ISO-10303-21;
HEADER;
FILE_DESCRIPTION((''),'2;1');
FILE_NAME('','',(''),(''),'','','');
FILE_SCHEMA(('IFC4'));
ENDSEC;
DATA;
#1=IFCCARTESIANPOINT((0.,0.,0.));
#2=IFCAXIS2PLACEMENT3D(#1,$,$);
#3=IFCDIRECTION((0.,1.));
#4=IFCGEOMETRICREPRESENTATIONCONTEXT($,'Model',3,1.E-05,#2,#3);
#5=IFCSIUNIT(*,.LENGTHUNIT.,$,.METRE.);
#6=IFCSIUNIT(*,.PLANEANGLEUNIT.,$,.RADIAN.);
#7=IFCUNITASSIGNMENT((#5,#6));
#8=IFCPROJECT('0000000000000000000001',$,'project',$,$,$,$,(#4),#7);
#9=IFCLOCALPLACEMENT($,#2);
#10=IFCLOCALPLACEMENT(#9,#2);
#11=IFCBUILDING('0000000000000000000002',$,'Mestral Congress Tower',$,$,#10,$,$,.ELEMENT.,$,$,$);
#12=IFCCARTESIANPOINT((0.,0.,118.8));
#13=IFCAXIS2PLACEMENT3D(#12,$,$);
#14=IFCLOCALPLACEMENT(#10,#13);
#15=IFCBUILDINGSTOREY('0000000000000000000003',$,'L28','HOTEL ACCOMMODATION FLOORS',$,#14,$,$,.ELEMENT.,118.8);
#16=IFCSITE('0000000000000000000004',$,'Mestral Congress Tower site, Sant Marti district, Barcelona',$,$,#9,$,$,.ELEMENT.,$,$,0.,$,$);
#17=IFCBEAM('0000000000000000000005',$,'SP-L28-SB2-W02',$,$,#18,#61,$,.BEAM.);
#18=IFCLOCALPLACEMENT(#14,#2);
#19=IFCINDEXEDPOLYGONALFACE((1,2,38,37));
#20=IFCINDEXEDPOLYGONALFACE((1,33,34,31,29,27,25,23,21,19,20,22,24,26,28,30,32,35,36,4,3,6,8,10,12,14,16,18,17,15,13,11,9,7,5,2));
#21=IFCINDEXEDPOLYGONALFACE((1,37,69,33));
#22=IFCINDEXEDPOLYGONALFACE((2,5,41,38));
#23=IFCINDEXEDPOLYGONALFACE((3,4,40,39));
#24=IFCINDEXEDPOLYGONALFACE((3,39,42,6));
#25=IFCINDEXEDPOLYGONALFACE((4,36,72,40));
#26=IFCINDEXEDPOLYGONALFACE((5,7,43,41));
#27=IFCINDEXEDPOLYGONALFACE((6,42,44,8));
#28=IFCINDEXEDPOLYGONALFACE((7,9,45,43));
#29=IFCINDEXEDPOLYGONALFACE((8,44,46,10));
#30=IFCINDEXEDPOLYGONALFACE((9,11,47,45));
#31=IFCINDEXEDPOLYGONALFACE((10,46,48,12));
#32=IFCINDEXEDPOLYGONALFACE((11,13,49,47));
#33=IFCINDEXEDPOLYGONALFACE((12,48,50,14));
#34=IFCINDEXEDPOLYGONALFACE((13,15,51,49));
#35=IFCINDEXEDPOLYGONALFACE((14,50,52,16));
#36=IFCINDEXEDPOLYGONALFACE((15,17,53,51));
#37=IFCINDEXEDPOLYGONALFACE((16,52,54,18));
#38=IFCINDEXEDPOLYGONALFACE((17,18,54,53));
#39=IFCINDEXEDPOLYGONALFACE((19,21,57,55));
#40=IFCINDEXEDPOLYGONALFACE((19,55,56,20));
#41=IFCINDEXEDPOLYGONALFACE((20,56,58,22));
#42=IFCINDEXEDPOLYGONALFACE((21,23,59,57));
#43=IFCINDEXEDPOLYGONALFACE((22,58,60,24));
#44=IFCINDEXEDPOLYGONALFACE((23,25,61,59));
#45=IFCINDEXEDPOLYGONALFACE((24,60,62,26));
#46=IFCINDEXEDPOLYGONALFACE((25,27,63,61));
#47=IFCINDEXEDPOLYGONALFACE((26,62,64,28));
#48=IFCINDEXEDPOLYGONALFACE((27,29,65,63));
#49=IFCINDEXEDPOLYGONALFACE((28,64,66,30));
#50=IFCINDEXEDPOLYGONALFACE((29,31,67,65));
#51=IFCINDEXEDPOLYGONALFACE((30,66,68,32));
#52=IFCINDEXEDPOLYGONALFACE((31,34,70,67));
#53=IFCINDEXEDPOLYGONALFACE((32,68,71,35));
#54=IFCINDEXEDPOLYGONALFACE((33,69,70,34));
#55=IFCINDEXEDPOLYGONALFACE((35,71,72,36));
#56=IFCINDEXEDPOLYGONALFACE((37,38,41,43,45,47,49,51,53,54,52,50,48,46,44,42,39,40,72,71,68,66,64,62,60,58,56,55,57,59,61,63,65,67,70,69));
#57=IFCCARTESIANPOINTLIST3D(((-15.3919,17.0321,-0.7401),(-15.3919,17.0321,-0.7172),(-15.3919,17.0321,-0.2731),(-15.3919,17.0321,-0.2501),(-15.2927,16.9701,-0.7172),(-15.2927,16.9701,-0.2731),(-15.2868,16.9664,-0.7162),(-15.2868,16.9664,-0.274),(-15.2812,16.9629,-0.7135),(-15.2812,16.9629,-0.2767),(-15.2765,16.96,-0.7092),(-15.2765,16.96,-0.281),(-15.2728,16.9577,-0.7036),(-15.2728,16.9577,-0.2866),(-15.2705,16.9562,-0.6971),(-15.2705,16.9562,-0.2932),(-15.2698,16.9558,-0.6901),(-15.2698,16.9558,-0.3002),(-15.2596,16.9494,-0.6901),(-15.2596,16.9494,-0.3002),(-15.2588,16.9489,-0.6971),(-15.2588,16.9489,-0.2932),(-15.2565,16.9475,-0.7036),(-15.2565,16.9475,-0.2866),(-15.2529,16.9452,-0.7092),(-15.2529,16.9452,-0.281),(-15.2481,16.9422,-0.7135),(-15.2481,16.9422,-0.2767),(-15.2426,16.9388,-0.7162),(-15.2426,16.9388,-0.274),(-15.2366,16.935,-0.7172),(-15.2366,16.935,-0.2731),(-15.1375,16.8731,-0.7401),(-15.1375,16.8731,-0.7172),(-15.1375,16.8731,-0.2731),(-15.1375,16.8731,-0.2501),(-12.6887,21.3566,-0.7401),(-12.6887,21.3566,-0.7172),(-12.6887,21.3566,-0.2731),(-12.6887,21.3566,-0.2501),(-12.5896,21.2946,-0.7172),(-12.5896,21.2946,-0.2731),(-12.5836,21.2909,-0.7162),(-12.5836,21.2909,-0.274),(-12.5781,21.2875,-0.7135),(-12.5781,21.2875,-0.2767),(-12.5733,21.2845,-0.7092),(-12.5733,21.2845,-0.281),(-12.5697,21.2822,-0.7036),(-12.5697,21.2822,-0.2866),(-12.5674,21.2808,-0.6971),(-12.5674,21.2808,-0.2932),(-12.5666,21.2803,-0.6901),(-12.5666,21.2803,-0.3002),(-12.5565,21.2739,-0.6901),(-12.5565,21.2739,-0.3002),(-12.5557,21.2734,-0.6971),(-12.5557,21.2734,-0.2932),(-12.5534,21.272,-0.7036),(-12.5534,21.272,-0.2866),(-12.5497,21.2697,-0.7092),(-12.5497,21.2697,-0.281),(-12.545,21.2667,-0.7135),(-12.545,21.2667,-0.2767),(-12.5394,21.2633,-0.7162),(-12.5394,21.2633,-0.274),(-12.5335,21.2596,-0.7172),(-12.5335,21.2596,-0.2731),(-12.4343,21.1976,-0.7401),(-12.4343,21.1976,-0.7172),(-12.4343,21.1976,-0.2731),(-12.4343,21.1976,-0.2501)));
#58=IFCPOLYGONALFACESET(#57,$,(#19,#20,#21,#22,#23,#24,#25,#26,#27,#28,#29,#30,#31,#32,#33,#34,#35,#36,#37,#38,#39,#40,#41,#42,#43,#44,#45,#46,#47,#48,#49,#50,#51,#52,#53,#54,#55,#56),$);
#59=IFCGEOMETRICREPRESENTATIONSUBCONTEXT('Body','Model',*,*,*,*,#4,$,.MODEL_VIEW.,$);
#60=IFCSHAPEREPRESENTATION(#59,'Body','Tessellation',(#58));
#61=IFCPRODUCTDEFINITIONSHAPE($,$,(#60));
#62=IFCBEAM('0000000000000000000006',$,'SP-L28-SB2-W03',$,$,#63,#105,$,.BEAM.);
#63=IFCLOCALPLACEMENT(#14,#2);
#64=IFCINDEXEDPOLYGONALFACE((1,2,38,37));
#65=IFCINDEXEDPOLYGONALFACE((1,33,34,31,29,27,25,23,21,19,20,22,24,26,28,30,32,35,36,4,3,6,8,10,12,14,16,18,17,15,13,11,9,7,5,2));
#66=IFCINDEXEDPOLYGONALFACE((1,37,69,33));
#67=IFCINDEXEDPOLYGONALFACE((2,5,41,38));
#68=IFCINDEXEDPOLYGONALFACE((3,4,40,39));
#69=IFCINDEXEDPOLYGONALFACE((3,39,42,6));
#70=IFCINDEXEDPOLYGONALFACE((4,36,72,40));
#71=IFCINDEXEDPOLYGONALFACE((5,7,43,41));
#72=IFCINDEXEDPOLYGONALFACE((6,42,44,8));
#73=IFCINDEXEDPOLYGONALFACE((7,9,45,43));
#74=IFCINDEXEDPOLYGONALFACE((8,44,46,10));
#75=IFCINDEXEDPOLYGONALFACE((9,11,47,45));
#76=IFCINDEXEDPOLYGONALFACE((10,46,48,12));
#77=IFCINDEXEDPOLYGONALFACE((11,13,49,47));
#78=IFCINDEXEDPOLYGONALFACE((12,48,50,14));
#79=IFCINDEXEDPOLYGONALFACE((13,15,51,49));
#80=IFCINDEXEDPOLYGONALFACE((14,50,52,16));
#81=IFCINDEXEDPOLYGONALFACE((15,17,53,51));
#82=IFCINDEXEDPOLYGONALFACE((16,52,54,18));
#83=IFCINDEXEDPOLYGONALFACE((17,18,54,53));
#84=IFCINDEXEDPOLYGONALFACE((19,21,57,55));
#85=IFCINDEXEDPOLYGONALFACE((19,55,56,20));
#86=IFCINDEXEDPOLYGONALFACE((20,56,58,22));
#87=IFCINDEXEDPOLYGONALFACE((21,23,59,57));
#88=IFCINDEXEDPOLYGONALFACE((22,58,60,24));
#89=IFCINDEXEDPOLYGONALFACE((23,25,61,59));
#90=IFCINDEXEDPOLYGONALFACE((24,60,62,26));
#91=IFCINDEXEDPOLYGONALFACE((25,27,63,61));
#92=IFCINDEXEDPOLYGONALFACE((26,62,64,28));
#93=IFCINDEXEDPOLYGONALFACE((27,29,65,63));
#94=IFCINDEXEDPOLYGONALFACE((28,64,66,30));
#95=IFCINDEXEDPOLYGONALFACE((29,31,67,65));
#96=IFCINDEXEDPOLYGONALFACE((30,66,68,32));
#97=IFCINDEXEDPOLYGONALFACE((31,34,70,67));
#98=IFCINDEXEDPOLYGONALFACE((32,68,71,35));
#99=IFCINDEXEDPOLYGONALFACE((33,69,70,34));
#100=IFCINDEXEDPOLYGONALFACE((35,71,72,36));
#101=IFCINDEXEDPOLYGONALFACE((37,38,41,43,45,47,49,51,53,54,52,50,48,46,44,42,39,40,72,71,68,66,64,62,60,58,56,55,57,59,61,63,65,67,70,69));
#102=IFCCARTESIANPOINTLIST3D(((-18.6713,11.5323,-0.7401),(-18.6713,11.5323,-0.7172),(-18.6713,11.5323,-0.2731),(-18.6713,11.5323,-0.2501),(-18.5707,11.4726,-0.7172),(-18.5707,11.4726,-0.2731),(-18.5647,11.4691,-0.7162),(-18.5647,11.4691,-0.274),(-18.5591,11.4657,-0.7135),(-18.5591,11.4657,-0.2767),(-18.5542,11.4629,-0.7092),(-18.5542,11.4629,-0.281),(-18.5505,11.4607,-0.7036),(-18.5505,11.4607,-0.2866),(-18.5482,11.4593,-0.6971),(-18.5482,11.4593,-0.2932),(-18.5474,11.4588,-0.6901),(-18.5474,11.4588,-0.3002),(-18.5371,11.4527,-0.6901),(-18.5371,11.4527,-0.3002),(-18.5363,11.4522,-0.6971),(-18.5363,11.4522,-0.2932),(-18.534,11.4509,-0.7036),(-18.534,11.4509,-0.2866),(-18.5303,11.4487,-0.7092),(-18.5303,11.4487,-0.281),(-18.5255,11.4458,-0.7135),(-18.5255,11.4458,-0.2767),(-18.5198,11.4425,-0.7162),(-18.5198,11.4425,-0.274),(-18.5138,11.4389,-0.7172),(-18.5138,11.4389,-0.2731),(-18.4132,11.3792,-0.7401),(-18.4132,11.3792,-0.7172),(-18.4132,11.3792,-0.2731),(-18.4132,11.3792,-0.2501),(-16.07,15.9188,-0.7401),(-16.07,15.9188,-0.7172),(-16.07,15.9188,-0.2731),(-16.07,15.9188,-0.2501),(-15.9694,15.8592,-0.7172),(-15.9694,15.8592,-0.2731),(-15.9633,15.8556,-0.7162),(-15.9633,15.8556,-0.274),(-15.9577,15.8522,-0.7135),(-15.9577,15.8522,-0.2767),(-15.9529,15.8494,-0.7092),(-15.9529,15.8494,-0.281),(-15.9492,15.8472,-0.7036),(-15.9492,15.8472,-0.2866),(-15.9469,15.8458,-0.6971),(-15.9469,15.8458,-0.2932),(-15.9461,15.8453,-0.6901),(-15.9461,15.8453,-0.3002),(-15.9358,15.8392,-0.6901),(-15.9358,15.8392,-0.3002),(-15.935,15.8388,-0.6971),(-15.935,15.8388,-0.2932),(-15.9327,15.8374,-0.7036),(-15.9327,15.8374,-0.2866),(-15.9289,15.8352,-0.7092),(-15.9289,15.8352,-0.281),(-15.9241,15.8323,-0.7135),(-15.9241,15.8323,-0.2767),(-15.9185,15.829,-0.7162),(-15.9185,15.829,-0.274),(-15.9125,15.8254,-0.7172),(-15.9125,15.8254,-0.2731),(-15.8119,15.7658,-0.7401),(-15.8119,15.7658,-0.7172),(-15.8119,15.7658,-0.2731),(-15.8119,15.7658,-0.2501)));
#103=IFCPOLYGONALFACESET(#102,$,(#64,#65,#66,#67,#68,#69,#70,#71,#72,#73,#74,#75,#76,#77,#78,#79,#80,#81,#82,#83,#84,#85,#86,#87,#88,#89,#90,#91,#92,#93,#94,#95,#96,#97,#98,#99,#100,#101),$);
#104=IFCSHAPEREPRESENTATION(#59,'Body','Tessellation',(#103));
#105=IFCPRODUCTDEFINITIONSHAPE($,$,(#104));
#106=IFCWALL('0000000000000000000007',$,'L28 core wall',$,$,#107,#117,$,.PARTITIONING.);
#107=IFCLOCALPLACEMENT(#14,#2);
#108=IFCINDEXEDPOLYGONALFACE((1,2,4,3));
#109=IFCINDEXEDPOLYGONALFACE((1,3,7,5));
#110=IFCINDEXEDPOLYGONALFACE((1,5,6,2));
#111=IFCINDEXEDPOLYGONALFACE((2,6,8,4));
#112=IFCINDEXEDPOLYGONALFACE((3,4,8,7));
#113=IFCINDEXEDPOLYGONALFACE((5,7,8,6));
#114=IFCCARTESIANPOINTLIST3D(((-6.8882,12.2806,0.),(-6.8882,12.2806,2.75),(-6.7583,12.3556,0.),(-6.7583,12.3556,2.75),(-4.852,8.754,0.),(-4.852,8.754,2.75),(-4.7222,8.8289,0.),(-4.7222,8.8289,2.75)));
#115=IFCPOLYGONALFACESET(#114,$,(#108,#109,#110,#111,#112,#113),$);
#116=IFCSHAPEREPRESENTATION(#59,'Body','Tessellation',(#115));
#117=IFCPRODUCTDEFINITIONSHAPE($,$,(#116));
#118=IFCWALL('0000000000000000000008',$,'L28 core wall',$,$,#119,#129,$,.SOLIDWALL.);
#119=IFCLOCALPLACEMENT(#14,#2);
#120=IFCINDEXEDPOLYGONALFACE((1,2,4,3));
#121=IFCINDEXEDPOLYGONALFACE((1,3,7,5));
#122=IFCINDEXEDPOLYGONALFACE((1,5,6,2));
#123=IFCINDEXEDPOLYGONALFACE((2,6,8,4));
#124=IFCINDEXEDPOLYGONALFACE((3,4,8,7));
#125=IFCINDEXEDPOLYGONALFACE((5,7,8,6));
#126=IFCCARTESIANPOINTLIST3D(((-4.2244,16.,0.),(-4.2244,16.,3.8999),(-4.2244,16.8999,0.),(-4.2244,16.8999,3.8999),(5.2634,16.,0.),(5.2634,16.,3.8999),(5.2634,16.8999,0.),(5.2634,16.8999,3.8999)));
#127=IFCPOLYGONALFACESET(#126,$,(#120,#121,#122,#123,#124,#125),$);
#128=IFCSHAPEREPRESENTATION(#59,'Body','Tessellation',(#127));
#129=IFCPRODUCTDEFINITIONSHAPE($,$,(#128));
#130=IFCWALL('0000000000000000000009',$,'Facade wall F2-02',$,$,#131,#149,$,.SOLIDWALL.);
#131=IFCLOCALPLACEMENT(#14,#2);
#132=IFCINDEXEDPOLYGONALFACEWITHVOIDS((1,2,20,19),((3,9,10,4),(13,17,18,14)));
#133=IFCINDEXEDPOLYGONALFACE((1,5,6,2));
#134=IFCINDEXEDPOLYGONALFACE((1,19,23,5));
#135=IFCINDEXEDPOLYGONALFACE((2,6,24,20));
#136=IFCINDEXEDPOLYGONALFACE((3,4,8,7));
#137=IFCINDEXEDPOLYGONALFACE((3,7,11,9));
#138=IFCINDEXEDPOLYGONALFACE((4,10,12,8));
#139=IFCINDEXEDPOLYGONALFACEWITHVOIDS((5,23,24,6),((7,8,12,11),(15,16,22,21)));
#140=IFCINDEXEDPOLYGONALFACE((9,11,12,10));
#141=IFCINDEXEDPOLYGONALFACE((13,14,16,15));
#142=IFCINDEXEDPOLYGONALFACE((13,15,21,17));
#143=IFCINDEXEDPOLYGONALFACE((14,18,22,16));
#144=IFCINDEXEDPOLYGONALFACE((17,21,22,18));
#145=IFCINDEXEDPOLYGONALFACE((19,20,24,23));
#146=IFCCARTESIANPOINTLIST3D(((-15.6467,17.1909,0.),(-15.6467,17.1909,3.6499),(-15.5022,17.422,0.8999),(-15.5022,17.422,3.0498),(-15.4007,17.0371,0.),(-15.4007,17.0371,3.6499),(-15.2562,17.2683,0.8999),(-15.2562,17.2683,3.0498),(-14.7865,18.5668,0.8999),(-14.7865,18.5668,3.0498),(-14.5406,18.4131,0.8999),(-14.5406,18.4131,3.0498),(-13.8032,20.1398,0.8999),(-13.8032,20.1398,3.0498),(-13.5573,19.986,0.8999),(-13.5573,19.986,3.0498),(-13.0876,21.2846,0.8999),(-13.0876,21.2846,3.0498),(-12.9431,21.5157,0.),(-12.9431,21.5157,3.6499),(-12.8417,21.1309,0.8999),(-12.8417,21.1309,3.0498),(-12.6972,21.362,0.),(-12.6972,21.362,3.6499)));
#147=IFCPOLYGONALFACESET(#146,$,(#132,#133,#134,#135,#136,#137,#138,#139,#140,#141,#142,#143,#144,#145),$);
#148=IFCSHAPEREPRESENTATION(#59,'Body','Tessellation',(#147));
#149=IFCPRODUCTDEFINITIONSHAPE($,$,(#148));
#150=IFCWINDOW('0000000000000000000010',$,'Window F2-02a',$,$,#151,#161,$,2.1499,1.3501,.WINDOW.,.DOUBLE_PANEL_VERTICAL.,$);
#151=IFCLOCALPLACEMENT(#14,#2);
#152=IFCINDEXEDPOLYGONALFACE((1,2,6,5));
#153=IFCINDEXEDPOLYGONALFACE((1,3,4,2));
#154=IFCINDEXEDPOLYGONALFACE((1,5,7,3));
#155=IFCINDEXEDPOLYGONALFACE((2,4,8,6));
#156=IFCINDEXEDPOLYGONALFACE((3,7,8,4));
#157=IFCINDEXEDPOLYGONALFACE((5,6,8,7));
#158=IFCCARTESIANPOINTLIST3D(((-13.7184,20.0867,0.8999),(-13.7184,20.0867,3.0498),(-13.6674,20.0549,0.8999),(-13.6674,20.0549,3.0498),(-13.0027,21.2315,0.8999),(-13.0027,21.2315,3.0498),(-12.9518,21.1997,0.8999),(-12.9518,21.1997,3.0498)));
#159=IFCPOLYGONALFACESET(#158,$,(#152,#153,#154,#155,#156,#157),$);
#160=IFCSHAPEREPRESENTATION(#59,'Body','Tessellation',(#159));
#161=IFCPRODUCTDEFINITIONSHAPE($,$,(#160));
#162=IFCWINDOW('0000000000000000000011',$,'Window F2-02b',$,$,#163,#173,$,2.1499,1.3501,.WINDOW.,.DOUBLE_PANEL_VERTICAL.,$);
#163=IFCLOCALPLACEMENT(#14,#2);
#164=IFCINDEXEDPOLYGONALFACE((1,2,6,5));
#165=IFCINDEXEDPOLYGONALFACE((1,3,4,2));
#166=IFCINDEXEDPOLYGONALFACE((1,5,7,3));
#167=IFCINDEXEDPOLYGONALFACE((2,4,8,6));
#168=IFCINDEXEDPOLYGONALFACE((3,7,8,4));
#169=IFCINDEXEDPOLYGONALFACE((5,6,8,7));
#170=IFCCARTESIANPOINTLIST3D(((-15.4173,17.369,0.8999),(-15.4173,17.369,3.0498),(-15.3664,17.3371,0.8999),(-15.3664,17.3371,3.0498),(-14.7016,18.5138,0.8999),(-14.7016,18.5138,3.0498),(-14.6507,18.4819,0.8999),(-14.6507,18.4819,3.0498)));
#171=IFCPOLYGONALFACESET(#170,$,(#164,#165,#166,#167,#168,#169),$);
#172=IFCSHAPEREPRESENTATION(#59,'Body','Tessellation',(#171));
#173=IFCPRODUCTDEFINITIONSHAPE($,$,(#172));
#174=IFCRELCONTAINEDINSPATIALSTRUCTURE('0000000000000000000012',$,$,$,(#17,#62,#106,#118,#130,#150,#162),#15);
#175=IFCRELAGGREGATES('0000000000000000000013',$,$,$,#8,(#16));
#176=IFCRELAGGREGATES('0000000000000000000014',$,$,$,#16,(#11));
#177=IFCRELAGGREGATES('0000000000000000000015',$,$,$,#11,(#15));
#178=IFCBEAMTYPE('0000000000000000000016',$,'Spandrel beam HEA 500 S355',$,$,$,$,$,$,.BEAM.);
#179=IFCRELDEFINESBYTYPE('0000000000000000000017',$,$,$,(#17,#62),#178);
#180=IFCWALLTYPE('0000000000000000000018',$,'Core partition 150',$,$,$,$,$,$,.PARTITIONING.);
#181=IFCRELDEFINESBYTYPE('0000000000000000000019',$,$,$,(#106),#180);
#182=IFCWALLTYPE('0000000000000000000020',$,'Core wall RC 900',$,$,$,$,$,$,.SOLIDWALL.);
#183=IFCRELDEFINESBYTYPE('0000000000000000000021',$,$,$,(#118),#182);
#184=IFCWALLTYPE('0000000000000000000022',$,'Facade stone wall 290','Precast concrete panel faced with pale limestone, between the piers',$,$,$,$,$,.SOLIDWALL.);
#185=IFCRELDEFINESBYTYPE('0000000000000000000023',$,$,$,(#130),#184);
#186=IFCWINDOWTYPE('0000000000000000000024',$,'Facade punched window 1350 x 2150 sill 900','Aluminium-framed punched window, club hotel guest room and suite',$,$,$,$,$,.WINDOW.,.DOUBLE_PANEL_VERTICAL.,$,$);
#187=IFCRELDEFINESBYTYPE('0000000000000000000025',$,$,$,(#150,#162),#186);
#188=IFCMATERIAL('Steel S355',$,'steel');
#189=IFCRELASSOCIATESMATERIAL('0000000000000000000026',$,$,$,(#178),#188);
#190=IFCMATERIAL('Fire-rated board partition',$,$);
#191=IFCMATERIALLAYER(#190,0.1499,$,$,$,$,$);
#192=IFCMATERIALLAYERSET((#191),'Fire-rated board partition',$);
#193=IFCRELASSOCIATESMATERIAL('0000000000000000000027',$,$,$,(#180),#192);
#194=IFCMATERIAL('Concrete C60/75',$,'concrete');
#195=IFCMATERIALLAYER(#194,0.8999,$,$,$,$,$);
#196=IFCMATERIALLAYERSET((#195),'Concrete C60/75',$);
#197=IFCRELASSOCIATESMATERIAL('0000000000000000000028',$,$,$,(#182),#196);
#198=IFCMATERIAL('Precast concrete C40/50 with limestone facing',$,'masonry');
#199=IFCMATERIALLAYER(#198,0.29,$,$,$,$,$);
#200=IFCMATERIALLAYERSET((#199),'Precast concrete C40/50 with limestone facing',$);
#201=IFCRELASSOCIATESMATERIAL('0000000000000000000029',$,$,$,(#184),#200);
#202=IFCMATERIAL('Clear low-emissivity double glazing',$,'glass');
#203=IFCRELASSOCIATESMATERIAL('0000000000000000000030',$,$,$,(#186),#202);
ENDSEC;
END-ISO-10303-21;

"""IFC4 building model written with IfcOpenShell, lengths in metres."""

from ifc_helpers import new_model, si_unit, direction, frame, frame_2d, origin, origin_2d, place, context, subcontext, project, spatial, rectangle, i_section, extrude, material, layer, layer_set, material_profile, profile_set, type_object, element, fill, save


model = new_model("IFC4")

# Units and contexts
model_context = context("Model", 3, precision=1e-05, world=origin(), true_north=direction((0.0, 1.0)))
body_context = subcontext(model_context, "Body", "Model", "MODEL_VIEW")
ifc_project = project(units=[si_unit("LENGTHUNIT", "METRE"), si_unit("PLANEANGLEUNIT", "RADIAN")], contexts=[model_context])

# Site, building, storey
site_placement = place(None, origin())
site = spatial("IfcSite", under=ifc_project, at=site_placement, Name="Mestral Congress Tower site, Sant Marti district, Barcelona", CompositionType="ELEMENT", RefElevation=0.0)
building_placement = place(site_placement, origin())
building = spatial("IfcBuilding", under=site, at=building_placement, Name="Mestral Congress Tower", CompositionType="ELEMENT")
storey_placement = place(building_placement, frame((0.0, 0.0, 118.8)))
storey = spatial("IfcBuildingStorey", under=building, at=storey_placement, Name="L28", Description="HOTEL ACCOMMODATION FLOORS", CompositionType="ELEMENT", Elevation=118.8)

# Beams
ifc_material_1 = material(Name="Steel S355", Category="steel")
ifc_material_profile_1 = material_profile(ifc_material_1, i_section(OverallWidth=0.3, OverallDepth=0.49, WebThickness=0.012, FlangeThickness=0.0229, FilletRadius=0.0271, at=origin_2d()), Name="HEA 500")
ifc_profile_set_1 = profile_set([ifc_material_profile_1], Name="Steel S355")
beam_type_1 = type_object("IfcBeamType", Name="Spandrel beam HEA 500 S355", PredefinedType="BEAM", material=ifc_profile_set_1)
for number, where, z_axis, x_axis, name in (
    (1, (-12.5615, 21.2771, -0.4951), (-0.530046, -0.847969, 0.0), (0.847969, -0.530046, 0.0), "SP-L28-SB2-W02"),
    (2, (-15.9409, 15.8423, -0.4951), (-0.510082, -0.860126, 0.0), (0.860126, -0.510082, 0.0), "SP-L28-SB2-W03"),
):
    element("IfcBeam", number, at=place(storey_placement, frame(where, z_axis=z_axis, x_axis=x_axis)), inside=storey, type_object=beam_type_1, Name=name, PredefinedType="BEAM", context=body_context, shape_type="SweptSolid", body=[
        extrude(i_section(OverallWidth=0.3, OverallDepth=0.49, WebThickness=0.012, FlangeThickness=0.0229, FilletRadius=0.0271, at=origin_2d()), origin(), (0.0, 0.0, 1.0), 5.0999),
    ])

# Walls
ifc_material_2 = material(Name="Fire-rated board partition")
ifc_layer_1 = layer(ifc_material_2, 0.1499)
ifc_layer_set_1 = layer_set([ifc_layer_1], Name="Fire-rated board partition")
wall_type_1 = type_object("IfcWallType", Name="Core partition 150", PredefinedType="PARTITIONING", material=ifc_layer_set_1)
wall_1_placement = place(storey_placement, frame((-6.8232, 12.3181, 0.0), z_axis=(0.0, 0.0, 1.0), x_axis=(0.500008, -0.866021, 0.0)))
element("IfcWall", 3, at=wall_1_placement, inside=storey, type_object=wall_type_1, Name="L28 core wall", PredefinedType="PARTITIONING", context=body_context, shape_type="SweptSolid", body=[
    extrude(rectangle(XDim=4.0723, YDim=0.1499, at=frame_2d((2.0361, 0.0))), origin(), (0.0, 0.0, 1.0), 2.75),
])
ifc_material_3 = material(Name="Concrete C60/75", Category="concrete")
ifc_layer_2 = layer(ifc_material_3, 0.8999)
ifc_layer_set_2 = layer_set([ifc_layer_2], Name="Concrete C60/75")
wall_type_2 = type_object("IfcWallType", Name="Core wall RC 900", PredefinedType="SOLIDWALL", material=ifc_layer_set_2)
wall_2_placement = place(storey_placement, frame((-4.2244, 16.45, 0.0), z_axis=(0.0, 0.0, 1.0), x_axis=(1.0, 0.0, 0.0)))
element("IfcWall", 4, at=wall_2_placement, inside=storey, type_object=wall_type_2, Name="L28 core wall", PredefinedType="SOLIDWALL", context=body_context, shape_type="SweptSolid", body=[
    extrude(rectangle(XDim=9.4878, YDim=0.8999, at=frame_2d((4.7439, 0.0))), origin(), (0.0, 0.0, 1.0), 3.8999),
])

# Wall, openings, windows
ifc_material_4 = material(Name="Precast concrete C40/50 with limestone facing", Category="masonry")
ifc_layer_3 = layer(ifc_material_4, 0.29)
ifc_layer_set_3 = layer_set([ifc_layer_3], Name="Precast concrete C40/50 with limestone facing")
wall_type_3 = type_object("IfcWallType", Name="Facade stone wall 290", Description="Precast concrete panel faced with pale limestone, between the piers", PredefinedType="SOLIDWALL", material=ifc_layer_set_3)
wall_3_placement = place(storey_placement, frame((-12.8201, 21.439, 0.0), z_axis=(0.0, 0.0, 1.0), x_axis=(-0.530072, -0.847953, 0.0)))
wall_3 = element("IfcWall", 5, at=wall_3_placement, inside=storey, type_object=wall_type_3, Name="Facade wall F2-02", PredefinedType="SOLIDWALL", context=body_context, shape_type="SweptSolid", body=[
    extrude(rectangle(XDim=5.1003, YDim=0.29, at=frame_2d((2.5503, 0.0))), origin(), (0.0, 0.0, 1.0), 3.6499),
])
opening_1_placement = place(wall_3_placement, frame((0.2727, 0.0, 0.8999)))
opening_1 = element("IfcOpeningElement", 6, at=opening_1_placement, cuts=wall_3, PredefinedType="OPENING", context=body_context, shape_type="SweptSolid", body=[
    extrude(rectangle(XDim=1.3501, YDim=2.1499, at=frame_2d((0.675, 1.075))), frame((0.0, 0.155, 0.0), z_axis=(0.0, -1.0, 0.0), x_axis=(1.0, 0.0, 0.0)), (0.0, 0.0, 1.0), 0.3101),
])
opening_2_placement = place(wall_3_placement, frame((3.4778, 0.0, 0.8999)))
opening_2 = element("IfcOpeningElement", 7, at=opening_2_placement, cuts=wall_3, PredefinedType="OPENING", context=body_context, shape_type="SweptSolid", body=[
    extrude(rectangle(XDim=1.3501, YDim=2.1499, at=frame_2d((0.675, 1.075))), frame((0.0, 0.155, 0.0), z_axis=(0.0, -1.0, 0.0), x_axis=(1.0, 0.0, 0.0)), (0.0, 0.0, 1.0), 0.3101),
])
ifc_material_5 = material(Name="Clear low-emissivity double glazing", Category="glass")
window_type = type_object("IfcWindowType", Name="Facade punched window 1350 x 2150 sill 900", Description="Aluminium-framed punched window, club hotel guest room and suite", PartitioningType="DOUBLE_PANEL_VERTICAL", PredefinedType="WINDOW", material=ifc_material_5)
window_1_placement = place(opening_1_placement, origin())
window_1 = element("IfcWindow", 8, at=window_1_placement, inside=storey, type_object=window_type, Name="Window F2-02a", OverallHeight=2.1499, OverallWidth=1.3501, PartitioningType="DOUBLE_PANEL_VERTICAL", PredefinedType="WINDOW", context=body_context, shape_type="SweptSolid", body=[
    extrude(rectangle(XDim=1.3501, YDim=2.1499, at=frame_2d((0.675, 1.075))), frame((0.0, 0.0151, 0.0), z_axis=(0.0, -1.0, 0.0), x_axis=(1.0, 0.0, 0.0)), (0.0, 0.0, 1.0), 0.0601),
])
fill(opening_1, window_1)
window_2_placement = place(opening_2_placement, origin())
window_2 = element("IfcWindow", 9, at=window_2_placement, inside=storey, type_object=window_type, Name="Window F2-02b", OverallHeight=2.1499, OverallWidth=1.3501, PartitioningType="DOUBLE_PANEL_VERTICAL", PredefinedType="WINDOW", context=body_context, shape_type="SweptSolid", body=[
    extrude(rectangle(XDim=1.3501, YDim=2.1499, at=frame_2d((0.675, 1.075))), frame((0.0, 0.0151, 0.0), z_axis=(0.0, -1.0, 0.0), x_axis=(1.0, 0.0, 0.0)), (0.0, 0.0, 1.0), 0.0601),
])
fill(opening_2, window_2)

save(model, "model.ifc")
